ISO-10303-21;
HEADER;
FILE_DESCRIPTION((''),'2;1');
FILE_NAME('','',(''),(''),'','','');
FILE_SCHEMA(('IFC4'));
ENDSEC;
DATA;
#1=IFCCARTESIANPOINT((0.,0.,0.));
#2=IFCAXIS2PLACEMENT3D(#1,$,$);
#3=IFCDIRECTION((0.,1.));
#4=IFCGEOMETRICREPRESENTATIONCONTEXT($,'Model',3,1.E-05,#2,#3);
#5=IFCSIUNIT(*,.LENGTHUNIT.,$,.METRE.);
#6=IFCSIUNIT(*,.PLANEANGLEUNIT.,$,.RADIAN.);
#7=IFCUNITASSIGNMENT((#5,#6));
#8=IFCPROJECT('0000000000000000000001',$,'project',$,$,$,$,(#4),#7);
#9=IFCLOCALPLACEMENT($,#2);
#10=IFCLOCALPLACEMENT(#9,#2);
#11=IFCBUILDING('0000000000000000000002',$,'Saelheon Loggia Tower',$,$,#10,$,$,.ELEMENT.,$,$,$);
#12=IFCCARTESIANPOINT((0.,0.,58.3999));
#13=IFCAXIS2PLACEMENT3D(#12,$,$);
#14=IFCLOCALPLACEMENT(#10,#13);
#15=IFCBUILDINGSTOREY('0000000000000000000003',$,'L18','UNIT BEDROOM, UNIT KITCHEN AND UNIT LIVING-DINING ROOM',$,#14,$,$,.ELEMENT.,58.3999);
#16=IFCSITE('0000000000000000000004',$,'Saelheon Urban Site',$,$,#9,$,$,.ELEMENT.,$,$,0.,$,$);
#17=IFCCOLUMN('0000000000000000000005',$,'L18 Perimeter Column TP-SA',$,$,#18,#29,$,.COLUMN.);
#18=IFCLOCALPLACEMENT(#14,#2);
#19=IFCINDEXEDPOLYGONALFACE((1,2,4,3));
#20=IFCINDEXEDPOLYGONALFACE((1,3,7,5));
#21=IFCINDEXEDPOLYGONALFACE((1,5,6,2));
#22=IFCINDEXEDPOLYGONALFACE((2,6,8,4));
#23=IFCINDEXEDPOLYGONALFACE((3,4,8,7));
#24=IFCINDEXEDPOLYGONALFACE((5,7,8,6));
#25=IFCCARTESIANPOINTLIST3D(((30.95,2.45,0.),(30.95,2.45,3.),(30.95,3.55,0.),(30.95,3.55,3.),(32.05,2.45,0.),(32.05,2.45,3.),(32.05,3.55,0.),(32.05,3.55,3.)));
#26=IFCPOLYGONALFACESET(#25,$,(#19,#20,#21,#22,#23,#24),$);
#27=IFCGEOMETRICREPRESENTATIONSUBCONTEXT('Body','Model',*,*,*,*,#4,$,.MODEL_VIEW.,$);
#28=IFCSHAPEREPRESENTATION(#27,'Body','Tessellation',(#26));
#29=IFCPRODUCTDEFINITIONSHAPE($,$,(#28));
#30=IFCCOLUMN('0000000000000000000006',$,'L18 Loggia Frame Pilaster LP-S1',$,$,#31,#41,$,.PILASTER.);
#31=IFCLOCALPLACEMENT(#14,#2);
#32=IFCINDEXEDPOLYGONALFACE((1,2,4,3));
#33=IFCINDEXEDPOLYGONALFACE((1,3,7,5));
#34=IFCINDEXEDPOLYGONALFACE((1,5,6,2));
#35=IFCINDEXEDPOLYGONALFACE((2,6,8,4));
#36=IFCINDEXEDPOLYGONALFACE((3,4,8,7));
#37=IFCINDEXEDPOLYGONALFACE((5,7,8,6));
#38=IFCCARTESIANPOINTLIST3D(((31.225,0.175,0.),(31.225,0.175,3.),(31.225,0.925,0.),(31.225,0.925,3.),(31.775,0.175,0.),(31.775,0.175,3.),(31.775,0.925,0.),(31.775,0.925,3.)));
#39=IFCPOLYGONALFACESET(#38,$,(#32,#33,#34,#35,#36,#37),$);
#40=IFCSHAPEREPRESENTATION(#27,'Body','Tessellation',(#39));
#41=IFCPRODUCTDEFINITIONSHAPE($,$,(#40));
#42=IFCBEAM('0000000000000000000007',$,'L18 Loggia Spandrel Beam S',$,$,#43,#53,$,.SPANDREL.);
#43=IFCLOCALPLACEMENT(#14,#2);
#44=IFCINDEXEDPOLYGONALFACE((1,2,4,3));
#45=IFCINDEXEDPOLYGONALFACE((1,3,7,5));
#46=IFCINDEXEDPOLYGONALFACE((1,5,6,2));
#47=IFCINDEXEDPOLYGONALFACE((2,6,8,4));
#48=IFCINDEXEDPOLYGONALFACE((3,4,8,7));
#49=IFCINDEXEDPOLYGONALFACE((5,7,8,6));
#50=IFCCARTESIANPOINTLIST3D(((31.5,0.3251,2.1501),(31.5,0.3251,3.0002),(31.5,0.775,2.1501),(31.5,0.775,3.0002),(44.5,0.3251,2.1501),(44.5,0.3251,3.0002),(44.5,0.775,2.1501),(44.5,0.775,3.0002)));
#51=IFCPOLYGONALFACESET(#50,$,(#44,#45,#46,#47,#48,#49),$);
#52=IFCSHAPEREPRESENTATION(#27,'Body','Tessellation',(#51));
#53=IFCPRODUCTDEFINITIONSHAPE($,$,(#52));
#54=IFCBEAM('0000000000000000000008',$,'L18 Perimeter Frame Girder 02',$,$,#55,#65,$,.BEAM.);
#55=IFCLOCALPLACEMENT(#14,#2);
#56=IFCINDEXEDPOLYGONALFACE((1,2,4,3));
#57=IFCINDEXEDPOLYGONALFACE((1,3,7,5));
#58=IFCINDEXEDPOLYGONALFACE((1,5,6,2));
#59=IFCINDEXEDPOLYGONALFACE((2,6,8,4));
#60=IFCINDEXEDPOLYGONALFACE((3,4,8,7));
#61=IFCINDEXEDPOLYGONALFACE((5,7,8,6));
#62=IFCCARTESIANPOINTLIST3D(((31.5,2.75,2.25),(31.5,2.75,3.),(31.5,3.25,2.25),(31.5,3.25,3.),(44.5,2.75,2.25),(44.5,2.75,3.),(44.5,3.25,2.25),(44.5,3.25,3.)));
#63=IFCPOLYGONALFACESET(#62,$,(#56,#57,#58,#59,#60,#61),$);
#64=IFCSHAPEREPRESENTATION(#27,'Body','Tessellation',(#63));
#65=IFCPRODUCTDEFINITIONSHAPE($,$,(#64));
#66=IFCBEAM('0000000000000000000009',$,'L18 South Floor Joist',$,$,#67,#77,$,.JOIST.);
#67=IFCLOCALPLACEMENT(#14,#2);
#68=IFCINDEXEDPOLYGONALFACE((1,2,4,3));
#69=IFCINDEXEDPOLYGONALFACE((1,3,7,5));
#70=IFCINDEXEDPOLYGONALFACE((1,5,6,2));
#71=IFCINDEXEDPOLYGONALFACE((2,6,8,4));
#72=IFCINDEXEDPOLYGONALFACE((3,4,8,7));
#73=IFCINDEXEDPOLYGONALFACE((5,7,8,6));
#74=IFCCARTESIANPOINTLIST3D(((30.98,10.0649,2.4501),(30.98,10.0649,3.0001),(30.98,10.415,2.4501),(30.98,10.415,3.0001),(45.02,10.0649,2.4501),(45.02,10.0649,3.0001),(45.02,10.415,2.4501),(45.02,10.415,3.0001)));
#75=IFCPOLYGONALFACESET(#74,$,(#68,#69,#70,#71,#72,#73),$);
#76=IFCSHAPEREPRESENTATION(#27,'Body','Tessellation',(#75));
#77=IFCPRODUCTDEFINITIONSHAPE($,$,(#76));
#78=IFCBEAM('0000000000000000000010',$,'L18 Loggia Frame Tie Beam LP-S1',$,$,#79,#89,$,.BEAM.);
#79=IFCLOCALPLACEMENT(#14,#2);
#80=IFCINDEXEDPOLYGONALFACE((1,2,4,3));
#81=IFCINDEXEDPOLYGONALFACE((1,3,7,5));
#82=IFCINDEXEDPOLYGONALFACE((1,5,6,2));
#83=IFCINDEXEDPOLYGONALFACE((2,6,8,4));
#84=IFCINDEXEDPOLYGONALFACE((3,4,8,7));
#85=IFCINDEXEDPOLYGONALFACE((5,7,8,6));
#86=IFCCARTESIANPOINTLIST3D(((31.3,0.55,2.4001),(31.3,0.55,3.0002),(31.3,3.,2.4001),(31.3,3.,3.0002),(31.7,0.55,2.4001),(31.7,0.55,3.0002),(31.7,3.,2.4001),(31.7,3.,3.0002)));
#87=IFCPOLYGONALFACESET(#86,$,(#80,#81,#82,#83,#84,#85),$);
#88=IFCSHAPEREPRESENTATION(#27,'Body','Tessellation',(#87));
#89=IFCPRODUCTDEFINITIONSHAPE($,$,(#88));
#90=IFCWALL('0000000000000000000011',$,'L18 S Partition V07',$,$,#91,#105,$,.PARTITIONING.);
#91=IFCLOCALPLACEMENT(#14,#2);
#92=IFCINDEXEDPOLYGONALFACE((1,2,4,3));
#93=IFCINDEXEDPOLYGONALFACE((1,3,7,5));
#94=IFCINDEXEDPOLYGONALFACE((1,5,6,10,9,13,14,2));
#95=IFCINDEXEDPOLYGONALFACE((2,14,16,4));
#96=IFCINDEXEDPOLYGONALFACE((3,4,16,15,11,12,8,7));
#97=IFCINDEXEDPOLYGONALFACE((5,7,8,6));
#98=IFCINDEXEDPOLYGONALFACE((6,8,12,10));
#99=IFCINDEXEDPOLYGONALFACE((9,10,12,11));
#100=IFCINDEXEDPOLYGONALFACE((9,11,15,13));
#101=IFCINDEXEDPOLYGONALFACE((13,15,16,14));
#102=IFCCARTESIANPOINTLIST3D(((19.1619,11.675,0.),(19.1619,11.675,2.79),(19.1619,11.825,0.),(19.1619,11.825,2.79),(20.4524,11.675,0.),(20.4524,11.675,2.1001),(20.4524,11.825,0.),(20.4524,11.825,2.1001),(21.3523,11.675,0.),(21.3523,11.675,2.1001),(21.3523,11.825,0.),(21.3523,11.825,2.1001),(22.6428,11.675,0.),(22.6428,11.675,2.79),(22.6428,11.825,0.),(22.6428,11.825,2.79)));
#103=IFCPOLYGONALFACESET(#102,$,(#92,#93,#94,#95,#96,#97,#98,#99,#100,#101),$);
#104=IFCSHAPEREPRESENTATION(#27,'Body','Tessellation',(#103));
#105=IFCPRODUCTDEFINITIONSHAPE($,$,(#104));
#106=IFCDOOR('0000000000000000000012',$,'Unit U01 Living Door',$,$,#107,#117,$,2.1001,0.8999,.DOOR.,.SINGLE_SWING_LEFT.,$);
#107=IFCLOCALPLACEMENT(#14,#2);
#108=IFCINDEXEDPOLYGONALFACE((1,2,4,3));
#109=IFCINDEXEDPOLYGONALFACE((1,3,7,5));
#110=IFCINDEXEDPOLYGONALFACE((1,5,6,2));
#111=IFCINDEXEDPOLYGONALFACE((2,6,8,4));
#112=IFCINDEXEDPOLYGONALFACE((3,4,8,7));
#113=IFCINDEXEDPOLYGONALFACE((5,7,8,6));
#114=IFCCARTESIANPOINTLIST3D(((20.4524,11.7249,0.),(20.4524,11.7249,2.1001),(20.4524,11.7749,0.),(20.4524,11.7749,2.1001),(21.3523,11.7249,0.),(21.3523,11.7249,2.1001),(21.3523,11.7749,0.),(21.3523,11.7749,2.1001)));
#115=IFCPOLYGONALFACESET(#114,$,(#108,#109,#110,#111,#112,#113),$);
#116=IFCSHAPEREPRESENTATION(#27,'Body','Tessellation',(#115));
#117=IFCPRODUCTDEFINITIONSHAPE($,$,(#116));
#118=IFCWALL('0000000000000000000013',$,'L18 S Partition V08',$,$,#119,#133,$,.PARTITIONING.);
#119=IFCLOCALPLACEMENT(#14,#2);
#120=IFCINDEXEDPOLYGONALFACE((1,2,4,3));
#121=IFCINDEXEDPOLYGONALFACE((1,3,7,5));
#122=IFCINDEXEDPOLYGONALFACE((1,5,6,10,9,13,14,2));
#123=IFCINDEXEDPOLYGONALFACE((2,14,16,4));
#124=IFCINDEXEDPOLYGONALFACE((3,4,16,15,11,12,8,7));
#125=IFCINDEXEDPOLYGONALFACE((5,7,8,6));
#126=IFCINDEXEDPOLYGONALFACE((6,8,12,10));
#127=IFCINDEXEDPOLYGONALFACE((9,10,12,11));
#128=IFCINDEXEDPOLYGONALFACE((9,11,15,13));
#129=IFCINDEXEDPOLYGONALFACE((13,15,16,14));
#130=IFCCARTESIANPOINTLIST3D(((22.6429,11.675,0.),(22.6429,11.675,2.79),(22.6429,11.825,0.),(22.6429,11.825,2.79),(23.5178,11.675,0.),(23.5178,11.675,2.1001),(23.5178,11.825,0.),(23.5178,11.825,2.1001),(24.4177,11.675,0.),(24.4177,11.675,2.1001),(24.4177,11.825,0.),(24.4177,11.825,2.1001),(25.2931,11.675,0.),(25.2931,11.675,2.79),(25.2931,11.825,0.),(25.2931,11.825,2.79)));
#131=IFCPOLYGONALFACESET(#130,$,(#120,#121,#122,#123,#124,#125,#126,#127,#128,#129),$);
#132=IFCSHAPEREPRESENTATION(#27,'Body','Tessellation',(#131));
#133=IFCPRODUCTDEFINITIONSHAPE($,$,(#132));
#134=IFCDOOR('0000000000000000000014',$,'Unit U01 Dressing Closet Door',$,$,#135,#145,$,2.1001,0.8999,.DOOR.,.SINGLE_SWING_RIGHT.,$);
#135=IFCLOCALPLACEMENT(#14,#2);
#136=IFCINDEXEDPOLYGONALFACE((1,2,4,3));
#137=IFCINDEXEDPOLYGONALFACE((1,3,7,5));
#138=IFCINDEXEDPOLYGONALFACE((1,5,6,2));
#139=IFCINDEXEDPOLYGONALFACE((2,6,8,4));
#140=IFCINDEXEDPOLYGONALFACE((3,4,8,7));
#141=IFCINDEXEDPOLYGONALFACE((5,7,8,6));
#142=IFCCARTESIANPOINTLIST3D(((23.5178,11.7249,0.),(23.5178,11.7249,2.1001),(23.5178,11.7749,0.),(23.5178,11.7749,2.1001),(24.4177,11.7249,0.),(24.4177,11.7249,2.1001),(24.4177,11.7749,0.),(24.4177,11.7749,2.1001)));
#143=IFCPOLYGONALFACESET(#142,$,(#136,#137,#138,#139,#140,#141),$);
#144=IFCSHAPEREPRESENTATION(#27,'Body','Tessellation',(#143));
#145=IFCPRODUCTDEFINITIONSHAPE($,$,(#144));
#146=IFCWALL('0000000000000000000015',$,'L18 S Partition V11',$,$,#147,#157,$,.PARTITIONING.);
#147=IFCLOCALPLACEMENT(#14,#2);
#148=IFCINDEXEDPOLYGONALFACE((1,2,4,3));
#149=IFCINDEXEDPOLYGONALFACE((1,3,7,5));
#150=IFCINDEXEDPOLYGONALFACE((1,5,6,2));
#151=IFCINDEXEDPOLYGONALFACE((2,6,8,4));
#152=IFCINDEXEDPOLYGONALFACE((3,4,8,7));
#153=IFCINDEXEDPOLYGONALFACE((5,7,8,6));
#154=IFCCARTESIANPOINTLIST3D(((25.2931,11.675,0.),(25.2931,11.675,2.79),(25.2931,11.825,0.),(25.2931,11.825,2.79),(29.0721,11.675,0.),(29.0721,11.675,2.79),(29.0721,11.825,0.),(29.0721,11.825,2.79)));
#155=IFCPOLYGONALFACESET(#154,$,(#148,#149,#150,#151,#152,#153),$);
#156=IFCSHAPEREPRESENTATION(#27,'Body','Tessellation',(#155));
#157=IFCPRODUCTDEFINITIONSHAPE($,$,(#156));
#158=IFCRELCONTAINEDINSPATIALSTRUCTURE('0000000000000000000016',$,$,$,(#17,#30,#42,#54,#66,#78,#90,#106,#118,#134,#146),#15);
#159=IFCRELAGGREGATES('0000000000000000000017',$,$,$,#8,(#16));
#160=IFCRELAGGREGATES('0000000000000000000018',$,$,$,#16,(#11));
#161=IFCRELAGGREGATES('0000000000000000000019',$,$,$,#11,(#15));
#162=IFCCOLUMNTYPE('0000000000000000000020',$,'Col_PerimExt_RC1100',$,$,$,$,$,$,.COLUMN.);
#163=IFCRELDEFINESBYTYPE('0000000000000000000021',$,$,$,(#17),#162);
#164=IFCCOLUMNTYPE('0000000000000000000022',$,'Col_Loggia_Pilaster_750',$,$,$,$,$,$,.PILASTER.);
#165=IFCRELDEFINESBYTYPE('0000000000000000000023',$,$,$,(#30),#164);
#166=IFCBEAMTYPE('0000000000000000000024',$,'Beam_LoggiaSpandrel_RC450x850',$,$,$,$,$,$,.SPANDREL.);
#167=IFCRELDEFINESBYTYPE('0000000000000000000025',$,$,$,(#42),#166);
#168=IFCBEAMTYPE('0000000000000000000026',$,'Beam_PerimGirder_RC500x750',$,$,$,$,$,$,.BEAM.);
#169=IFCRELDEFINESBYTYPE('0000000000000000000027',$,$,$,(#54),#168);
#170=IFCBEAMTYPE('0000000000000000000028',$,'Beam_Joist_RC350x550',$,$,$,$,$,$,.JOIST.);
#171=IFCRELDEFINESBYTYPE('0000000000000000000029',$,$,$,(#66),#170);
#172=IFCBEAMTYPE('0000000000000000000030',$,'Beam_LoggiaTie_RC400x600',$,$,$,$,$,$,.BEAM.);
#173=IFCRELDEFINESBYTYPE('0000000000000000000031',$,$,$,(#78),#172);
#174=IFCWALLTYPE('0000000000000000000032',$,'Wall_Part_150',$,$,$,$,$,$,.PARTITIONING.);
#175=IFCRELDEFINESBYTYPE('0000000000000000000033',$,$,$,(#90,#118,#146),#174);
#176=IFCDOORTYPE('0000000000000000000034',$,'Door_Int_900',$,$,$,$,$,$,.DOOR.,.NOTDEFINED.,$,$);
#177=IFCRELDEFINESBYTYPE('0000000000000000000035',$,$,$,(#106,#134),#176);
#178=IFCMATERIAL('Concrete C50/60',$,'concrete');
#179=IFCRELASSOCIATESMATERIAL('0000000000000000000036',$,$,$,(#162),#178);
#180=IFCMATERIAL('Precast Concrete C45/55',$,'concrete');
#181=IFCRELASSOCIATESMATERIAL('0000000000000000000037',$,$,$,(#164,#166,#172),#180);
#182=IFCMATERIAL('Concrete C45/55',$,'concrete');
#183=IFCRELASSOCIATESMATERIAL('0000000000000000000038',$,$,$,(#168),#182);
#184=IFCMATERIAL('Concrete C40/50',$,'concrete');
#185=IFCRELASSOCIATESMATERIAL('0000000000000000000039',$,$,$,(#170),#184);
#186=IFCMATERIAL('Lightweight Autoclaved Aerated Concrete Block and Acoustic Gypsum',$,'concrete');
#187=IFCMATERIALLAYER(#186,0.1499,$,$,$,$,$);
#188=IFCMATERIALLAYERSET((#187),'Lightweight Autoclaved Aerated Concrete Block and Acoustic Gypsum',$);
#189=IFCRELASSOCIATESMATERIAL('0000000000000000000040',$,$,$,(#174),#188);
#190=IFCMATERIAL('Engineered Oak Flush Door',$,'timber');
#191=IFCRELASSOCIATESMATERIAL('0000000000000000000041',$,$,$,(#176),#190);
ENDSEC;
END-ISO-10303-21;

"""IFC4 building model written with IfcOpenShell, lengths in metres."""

from ifc_helpers import new_model, si_unit, direction, frame, frame_2d, origin, origin_2d, place, context, subcontext, project, spatial, rectangle, extrude, source, transform, mapped, material, layer, layer_set, material_profile, profile_set, type_object, element, fill, save


model = new_model("IFC4")

# Units and contexts
model_context = context("Model", 3, precision=1e-05, world=origin(), true_north=direction((0.0, 1.0)))
body_context = subcontext(model_context, "Body", "Model", "MODEL_VIEW")
ifc_project = project(units=[si_unit("LENGTHUNIT", "METRE"), si_unit("PLANEANGLEUNIT", "RADIAN")], contexts=[model_context])

# Site, building, storey
site_placement = place(None, origin())
site = spatial("IfcSite", under=ifc_project, at=site_placement, Name="Saelheon Urban Site", CompositionType="ELEMENT", RefElevation=0.0)
building_placement = place(site_placement, origin())
building = spatial("IfcBuilding", under=site, at=building_placement, Name="Saelheon Loggia Tower", CompositionType="ELEMENT")
storey_placement = place(building_placement, frame((0.0, 0.0, 58.3999)))
storey = spatial("IfcBuildingStorey", under=building, at=storey_placement, Name="L18", Description="UNIT BEDROOM, UNIT KITCHEN AND UNIT LIVING-DINING ROOM", CompositionType="ELEMENT", Elevation=58.3999)

# Columns
ifc_material_1 = material(Name="Concrete C50/60", Category="concrete")
ifc_material_profile_1 = material_profile(ifc_material_1, rectangle(XDim=1.1001, YDim=1.1001, at=origin_2d()), Name="RC-1100x1100")
ifc_profile_set_1 = profile_set([ifc_material_profile_1], Name="Concrete C50/60")
column_type_1 = type_object("IfcColumnType", Name="Col_PerimExt_RC1100", PredefinedType="COLUMN", material=ifc_profile_set_1)
shared_shape_1 = source(origin(), body_context, "Body", "SweptSolid", [
    extrude(rectangle(XDim=1.1001, YDim=1.1001, at=origin_2d()), origin(), (0.0, 0.0, 1.0), 3.0),
])
column_1_placement = place(storey_placement, frame((31.5, 3.0, 0.0), z_axis=(0.0, 0.0, 1.0), x_axis=(1.0, 0.0, 0.0)))
element("IfcColumn", 1, at=column_1_placement, inside=storey, type_object=column_type_1, Name="L18 Perimeter Column TP-SA", PredefinedType="COLUMN", context=body_context, shape_type="MappedRepresentation", body=[
    mapped(shared_shape_1, transform((0.0, 0.0, 0.0), scale=1.0)),
])
ifc_material_2 = material(Name="Precast Concrete C45/55", Category="concrete")
ifc_material_profile_2 = material_profile(ifc_material_2, rectangle(XDim=0.55, YDim=0.75, at=origin_2d()), Name="RC-550x750")
ifc_profile_set_2 = profile_set([ifc_material_profile_2], Name="Precast Concrete C45/55")
column_type_2 = type_object("IfcColumnType", Name="Col_Loggia_Pilaster_750", PredefinedType="PILASTER", material=ifc_profile_set_2)
shared_shape_2 = source(origin(), body_context, "Body", "SweptSolid", [
    extrude(rectangle(XDim=0.55, YDim=0.75, at=origin_2d()), origin(), (0.0, 0.0, 1.0), 3.0),
])
column_2_placement = place(storey_placement, frame((31.5, 0.55, 0.0), z_axis=(0.0, 0.0, 1.0), x_axis=(1.0, 0.0, 0.0)))
element("IfcColumn", 2, at=column_2_placement, inside=storey, type_object=column_type_2, Name="L18 Loggia Frame Pilaster LP-S1", PredefinedType="PILASTER", context=body_context, shape_type="MappedRepresentation", body=[
    mapped(shared_shape_2, transform((0.0, 0.0, 0.0), scale=1.0)),
])

# Beams
ifc_material_profile_3 = material_profile(ifc_material_2, rectangle(XDim=0.45, YDim=0.8501, at=origin_2d()), Name="RC-450x850")
ifc_profile_set_3 = profile_set([ifc_material_profile_3], Name="Precast Concrete C45/55")
beam_type_1 = type_object("IfcBeamType", Name="Beam_LoggiaSpandrel_RC450x850", PredefinedType="SPANDREL", material=ifc_profile_set_3)
shared_shape_3 = source(origin(), body_context, "Body", "SweptSolid", [
    extrude(rectangle(XDim=0.45, YDim=0.8501, at=origin_2d()), origin(), (0.0, 0.0, 1.0), 13.0),
])
beam_1_placement = place(storey_placement, frame((31.5, 0.55, 2.5752), z_axis=(1.0, 0.0, 0.0), x_axis=(0.0, 1.0, 0.0)))
element("IfcBeam", 3, at=beam_1_placement, inside=storey, type_object=beam_type_1, Name="L18 Loggia Spandrel Beam S", PredefinedType="SPANDREL", context=body_context, shape_type="MappedRepresentation", body=[
    mapped(shared_shape_3, transform((0.0, 0.0, 0.0), scale=1.0)),
])
ifc_material_3 = material(Name="Concrete C45/55", Category="concrete")
ifc_material_profile_4 = material_profile(ifc_material_3, rectangle(XDim=0.5, YDim=0.75, at=origin_2d()), Name="RC-500x750")
ifc_profile_set_4 = profile_set([ifc_material_profile_4], Name="Concrete C45/55")
beam_type_2 = type_object("IfcBeamType", Name="Beam_PerimGirder_RC500x750", PredefinedType="BEAM", material=ifc_profile_set_4)
shared_shape_4 = source(origin(), body_context, "Body", "SweptSolid", [
    extrude(rectangle(XDim=0.5, YDim=0.75, at=origin_2d()), origin(), (0.0, 0.0, 1.0), 13.0),
])
beam_2_placement = place(storey_placement, frame((31.5, 3.0, 2.625), z_axis=(1.0, 0.0, 0.0), x_axis=(0.0, 1.0, 0.0)))
element("IfcBeam", 4, at=beam_2_placement, inside=storey, type_object=beam_type_2, Name="L18 Perimeter Frame Girder 02", PredefinedType="BEAM", context=body_context, shape_type="MappedRepresentation", body=[
    mapped(shared_shape_4, transform((0.0, 0.0, 0.0), scale=1.0)),
])
ifc_material_4 = material(Name="Concrete C40/50", Category="concrete")
ifc_material_profile_5 = material_profile(ifc_material_4, rectangle(XDim=0.3501, YDim=0.55, at=origin_2d()), Name="RC-350x550")
ifc_profile_set_5 = profile_set([ifc_material_profile_5], Name="Concrete C40/50")
beam_type_3 = type_object("IfcBeamType", Name="Beam_Joist_RC350x550", PredefinedType="JOIST", material=ifc_profile_set_5)
shared_shape_5 = source(origin(), body_context, "Body", "SweptSolid", [
    extrude(rectangle(XDim=0.3501, YDim=0.55, at=origin_2d()), origin(), (0.0, 0.0, 1.0), 14.04),
])
beam_3_placement = place(storey_placement, frame((30.98, 10.24, 2.7251), z_axis=(1.0, 0.0, 0.0), x_axis=(0.0, 1.0, 0.0)))
element("IfcBeam", 5, at=beam_3_placement, inside=storey, type_object=beam_type_3, Name="L18 South Floor Joist", PredefinedType="JOIST", context=body_context, shape_type="MappedRepresentation", body=[
    mapped(shared_shape_5, transform((0.0, 0.0, 0.0), scale=1.0)),
])
ifc_material_profile_6 = material_profile(ifc_material_2, rectangle(XDim=0.3999, YDim=0.6001, at=origin_2d()), Name="RC-400x600")
ifc_profile_set_6 = profile_set([ifc_material_profile_6], Name="Precast Concrete C45/55")
beam_type_4 = type_object("IfcBeamType", Name="Beam_LoggiaTie_RC400x600", PredefinedType="BEAM", material=ifc_profile_set_6)
shared_shape_6 = source(origin(), body_context, "Body", "SweptSolid", [
    extrude(rectangle(XDim=0.3999, YDim=0.6001, at=origin_2d()), origin(), (0.0, 0.0, 1.0), 2.45),
])
beam_4_placement = place(storey_placement, frame((31.5, 3.0, 2.7002), z_axis=(0.0, -1.0, 0.0), x_axis=(1.0, 0.0, 0.0)))
element("IfcBeam", 6, at=beam_4_placement, inside=storey, type_object=beam_type_4, Name="L18 Loggia Frame Tie Beam LP-S1", PredefinedType="BEAM", context=body_context, shape_type="MappedRepresentation", body=[
    mapped(shared_shape_6, transform((0.0, 0.0, 0.0), scale=1.0)),
])

# Walls, openings, doors
ifc_material_5 = material(Name="Lightweight Autoclaved Aerated Concrete Block and Acoustic Gypsum", Category="concrete")
ifc_layer_1 = layer(ifc_material_5, 0.1499)
ifc_layer_set_1 = layer_set([ifc_layer_1], Name="Lightweight Autoclaved Aerated Concrete Block and Acoustic Gypsum")
wall_type_1 = type_object("IfcWallType", Name="Wall_Part_150", PredefinedType="PARTITIONING", material=ifc_layer_set_1)
wall_1_placement = place(storey_placement, frame((19.1619, 11.75, 0.0), z_axis=(0.0, 0.0, 1.0), x_axis=(1.0, 0.0, 0.0)))
wall_1 = element("IfcWall", 7, at=wall_1_placement, inside=storey, type_object=wall_type_1, Name="L18 S Partition V07", PredefinedType="PARTITIONING", context=body_context, shape_type="SweptSolid", body=[
    extrude(rectangle(XDim=3.481, YDim=0.1499, at=frame_2d((1.7405, 0.0))), origin(), (0.0, 0.0, 1.0), 2.79),
])
opening_1_placement = place(wall_1_placement, frame((1.2905, 0.0, 0.0)))
opening_1 = element("IfcOpeningElement", 8, at=opening_1_placement, cuts=wall_1, PredefinedType="OPENING", context=body_context, shape_type="SweptSolid", body=[
    extrude(rectangle(XDim=0.8999, YDim=2.1001, at=frame_2d((0.45, 1.05))), frame((0.0, 0.0869, 0.0), z_axis=(0.0, -1.0, 0.0), x_axis=(1.0, 0.0, 0.0)), (0.0, 0.0, 1.0), 0.1738),
])
ifc_material_6 = material(Name="Engineered Oak Flush Door", Category="timber")
door_type_1 = type_object("IfcDoorType", Name="Door_Int_900", OperationType="NOTDEFINED", PredefinedType="DOOR", material=ifc_material_6)
shared_shape_7 = source(origin(), body_context, "Body", "SweptSolid", [
    extrude(rectangle(XDim=0.8999, YDim=2.1001, at=frame_2d((0.45, 1.05))), frame((0.0, 0.0249, 0.0), z_axis=(0.0, -1.0, 0.0), x_axis=(1.0, 0.0, 0.0)), (0.0, 0.0, 1.0), 0.05),
])
door_1_placement = place(opening_1_placement, origin())
door_1 = element("IfcDoor", 9, at=door_1_placement, inside=storey, type_object=door_type_1, Name="Unit U01 Living Door", OperationType="SINGLE_SWING_LEFT", OverallHeight=2.1001, OverallWidth=0.8999, PredefinedType="DOOR", context=body_context, shape_type="MappedRepresentation", body=[
    mapped(shared_shape_7, transform((0.0, 0.0, 0.0), scale=1.0)),
])
fill(opening_1, door_1)
wall_2_placement = place(storey_placement, frame((22.6428, 11.75, 0.0), z_axis=(0.0, 0.0, 1.0), x_axis=(1.0, 0.0, 0.0)))
wall_2 = element("IfcWall", 10, at=wall_2_placement, inside=storey, type_object=wall_type_1, Name="L18 S Partition V08", PredefinedType="PARTITIONING", context=body_context, shape_type="SweptSolid", body=[
    extrude(rectangle(XDim=2.6501, YDim=0.1499, at=frame_2d((1.3252, 0.0))), origin(), (0.0, 0.0, 1.0), 2.79),
])
opening_2_placement = place(wall_2_placement, frame((0.875, 0.0, 0.0)))
opening_2 = element("IfcOpeningElement", 11, at=opening_2_placement, cuts=wall_2, PredefinedType="OPENING", context=body_context, shape_type="SweptSolid", body=[
    extrude(rectangle(XDim=0.8999, YDim=2.1001, at=frame_2d((0.45, 1.05))), frame((0.0, 0.0869, 0.0), z_axis=(0.0, -1.0, 0.0), x_axis=(1.0, 0.0, 0.0)), (0.0, 0.0, 1.0), 0.1738),
])
door_2_placement = place(opening_2_placement, origin())
door_2 = element("IfcDoor", 12, at=door_2_placement, inside=storey, type_object=door_type_1, Name="Unit U01 Dressing Closet Door", OperationType="SINGLE_SWING_RIGHT", OverallHeight=2.1001, OverallWidth=0.8999, PredefinedType="DOOR", context=body_context, shape_type="MappedRepresentation", body=[
    mapped(shared_shape_7, transform((0.0, 0.0, 0.0), scale=1.0)),
])
fill(opening_2, door_2)

# Wall
wall_3_placement = place(storey_placement, frame((25.293, 11.75, 0.0), z_axis=(0.0, 0.0, 1.0), x_axis=(1.0, 0.0, 0.0)))
element("IfcWall", 13, at=wall_3_placement, inside=storey, type_object=wall_type_1, Name="L18 S Partition V11", PredefinedType="PARTITIONING", context=body_context, shape_type="SweptSolid", body=[
    extrude(rectangle(XDim=3.7791, YDim=0.1499, at=frame_2d((1.8896, 0.0))), origin(), (0.0, 0.0, 1.0), 2.79),
])

save(model, "model.ifc")
